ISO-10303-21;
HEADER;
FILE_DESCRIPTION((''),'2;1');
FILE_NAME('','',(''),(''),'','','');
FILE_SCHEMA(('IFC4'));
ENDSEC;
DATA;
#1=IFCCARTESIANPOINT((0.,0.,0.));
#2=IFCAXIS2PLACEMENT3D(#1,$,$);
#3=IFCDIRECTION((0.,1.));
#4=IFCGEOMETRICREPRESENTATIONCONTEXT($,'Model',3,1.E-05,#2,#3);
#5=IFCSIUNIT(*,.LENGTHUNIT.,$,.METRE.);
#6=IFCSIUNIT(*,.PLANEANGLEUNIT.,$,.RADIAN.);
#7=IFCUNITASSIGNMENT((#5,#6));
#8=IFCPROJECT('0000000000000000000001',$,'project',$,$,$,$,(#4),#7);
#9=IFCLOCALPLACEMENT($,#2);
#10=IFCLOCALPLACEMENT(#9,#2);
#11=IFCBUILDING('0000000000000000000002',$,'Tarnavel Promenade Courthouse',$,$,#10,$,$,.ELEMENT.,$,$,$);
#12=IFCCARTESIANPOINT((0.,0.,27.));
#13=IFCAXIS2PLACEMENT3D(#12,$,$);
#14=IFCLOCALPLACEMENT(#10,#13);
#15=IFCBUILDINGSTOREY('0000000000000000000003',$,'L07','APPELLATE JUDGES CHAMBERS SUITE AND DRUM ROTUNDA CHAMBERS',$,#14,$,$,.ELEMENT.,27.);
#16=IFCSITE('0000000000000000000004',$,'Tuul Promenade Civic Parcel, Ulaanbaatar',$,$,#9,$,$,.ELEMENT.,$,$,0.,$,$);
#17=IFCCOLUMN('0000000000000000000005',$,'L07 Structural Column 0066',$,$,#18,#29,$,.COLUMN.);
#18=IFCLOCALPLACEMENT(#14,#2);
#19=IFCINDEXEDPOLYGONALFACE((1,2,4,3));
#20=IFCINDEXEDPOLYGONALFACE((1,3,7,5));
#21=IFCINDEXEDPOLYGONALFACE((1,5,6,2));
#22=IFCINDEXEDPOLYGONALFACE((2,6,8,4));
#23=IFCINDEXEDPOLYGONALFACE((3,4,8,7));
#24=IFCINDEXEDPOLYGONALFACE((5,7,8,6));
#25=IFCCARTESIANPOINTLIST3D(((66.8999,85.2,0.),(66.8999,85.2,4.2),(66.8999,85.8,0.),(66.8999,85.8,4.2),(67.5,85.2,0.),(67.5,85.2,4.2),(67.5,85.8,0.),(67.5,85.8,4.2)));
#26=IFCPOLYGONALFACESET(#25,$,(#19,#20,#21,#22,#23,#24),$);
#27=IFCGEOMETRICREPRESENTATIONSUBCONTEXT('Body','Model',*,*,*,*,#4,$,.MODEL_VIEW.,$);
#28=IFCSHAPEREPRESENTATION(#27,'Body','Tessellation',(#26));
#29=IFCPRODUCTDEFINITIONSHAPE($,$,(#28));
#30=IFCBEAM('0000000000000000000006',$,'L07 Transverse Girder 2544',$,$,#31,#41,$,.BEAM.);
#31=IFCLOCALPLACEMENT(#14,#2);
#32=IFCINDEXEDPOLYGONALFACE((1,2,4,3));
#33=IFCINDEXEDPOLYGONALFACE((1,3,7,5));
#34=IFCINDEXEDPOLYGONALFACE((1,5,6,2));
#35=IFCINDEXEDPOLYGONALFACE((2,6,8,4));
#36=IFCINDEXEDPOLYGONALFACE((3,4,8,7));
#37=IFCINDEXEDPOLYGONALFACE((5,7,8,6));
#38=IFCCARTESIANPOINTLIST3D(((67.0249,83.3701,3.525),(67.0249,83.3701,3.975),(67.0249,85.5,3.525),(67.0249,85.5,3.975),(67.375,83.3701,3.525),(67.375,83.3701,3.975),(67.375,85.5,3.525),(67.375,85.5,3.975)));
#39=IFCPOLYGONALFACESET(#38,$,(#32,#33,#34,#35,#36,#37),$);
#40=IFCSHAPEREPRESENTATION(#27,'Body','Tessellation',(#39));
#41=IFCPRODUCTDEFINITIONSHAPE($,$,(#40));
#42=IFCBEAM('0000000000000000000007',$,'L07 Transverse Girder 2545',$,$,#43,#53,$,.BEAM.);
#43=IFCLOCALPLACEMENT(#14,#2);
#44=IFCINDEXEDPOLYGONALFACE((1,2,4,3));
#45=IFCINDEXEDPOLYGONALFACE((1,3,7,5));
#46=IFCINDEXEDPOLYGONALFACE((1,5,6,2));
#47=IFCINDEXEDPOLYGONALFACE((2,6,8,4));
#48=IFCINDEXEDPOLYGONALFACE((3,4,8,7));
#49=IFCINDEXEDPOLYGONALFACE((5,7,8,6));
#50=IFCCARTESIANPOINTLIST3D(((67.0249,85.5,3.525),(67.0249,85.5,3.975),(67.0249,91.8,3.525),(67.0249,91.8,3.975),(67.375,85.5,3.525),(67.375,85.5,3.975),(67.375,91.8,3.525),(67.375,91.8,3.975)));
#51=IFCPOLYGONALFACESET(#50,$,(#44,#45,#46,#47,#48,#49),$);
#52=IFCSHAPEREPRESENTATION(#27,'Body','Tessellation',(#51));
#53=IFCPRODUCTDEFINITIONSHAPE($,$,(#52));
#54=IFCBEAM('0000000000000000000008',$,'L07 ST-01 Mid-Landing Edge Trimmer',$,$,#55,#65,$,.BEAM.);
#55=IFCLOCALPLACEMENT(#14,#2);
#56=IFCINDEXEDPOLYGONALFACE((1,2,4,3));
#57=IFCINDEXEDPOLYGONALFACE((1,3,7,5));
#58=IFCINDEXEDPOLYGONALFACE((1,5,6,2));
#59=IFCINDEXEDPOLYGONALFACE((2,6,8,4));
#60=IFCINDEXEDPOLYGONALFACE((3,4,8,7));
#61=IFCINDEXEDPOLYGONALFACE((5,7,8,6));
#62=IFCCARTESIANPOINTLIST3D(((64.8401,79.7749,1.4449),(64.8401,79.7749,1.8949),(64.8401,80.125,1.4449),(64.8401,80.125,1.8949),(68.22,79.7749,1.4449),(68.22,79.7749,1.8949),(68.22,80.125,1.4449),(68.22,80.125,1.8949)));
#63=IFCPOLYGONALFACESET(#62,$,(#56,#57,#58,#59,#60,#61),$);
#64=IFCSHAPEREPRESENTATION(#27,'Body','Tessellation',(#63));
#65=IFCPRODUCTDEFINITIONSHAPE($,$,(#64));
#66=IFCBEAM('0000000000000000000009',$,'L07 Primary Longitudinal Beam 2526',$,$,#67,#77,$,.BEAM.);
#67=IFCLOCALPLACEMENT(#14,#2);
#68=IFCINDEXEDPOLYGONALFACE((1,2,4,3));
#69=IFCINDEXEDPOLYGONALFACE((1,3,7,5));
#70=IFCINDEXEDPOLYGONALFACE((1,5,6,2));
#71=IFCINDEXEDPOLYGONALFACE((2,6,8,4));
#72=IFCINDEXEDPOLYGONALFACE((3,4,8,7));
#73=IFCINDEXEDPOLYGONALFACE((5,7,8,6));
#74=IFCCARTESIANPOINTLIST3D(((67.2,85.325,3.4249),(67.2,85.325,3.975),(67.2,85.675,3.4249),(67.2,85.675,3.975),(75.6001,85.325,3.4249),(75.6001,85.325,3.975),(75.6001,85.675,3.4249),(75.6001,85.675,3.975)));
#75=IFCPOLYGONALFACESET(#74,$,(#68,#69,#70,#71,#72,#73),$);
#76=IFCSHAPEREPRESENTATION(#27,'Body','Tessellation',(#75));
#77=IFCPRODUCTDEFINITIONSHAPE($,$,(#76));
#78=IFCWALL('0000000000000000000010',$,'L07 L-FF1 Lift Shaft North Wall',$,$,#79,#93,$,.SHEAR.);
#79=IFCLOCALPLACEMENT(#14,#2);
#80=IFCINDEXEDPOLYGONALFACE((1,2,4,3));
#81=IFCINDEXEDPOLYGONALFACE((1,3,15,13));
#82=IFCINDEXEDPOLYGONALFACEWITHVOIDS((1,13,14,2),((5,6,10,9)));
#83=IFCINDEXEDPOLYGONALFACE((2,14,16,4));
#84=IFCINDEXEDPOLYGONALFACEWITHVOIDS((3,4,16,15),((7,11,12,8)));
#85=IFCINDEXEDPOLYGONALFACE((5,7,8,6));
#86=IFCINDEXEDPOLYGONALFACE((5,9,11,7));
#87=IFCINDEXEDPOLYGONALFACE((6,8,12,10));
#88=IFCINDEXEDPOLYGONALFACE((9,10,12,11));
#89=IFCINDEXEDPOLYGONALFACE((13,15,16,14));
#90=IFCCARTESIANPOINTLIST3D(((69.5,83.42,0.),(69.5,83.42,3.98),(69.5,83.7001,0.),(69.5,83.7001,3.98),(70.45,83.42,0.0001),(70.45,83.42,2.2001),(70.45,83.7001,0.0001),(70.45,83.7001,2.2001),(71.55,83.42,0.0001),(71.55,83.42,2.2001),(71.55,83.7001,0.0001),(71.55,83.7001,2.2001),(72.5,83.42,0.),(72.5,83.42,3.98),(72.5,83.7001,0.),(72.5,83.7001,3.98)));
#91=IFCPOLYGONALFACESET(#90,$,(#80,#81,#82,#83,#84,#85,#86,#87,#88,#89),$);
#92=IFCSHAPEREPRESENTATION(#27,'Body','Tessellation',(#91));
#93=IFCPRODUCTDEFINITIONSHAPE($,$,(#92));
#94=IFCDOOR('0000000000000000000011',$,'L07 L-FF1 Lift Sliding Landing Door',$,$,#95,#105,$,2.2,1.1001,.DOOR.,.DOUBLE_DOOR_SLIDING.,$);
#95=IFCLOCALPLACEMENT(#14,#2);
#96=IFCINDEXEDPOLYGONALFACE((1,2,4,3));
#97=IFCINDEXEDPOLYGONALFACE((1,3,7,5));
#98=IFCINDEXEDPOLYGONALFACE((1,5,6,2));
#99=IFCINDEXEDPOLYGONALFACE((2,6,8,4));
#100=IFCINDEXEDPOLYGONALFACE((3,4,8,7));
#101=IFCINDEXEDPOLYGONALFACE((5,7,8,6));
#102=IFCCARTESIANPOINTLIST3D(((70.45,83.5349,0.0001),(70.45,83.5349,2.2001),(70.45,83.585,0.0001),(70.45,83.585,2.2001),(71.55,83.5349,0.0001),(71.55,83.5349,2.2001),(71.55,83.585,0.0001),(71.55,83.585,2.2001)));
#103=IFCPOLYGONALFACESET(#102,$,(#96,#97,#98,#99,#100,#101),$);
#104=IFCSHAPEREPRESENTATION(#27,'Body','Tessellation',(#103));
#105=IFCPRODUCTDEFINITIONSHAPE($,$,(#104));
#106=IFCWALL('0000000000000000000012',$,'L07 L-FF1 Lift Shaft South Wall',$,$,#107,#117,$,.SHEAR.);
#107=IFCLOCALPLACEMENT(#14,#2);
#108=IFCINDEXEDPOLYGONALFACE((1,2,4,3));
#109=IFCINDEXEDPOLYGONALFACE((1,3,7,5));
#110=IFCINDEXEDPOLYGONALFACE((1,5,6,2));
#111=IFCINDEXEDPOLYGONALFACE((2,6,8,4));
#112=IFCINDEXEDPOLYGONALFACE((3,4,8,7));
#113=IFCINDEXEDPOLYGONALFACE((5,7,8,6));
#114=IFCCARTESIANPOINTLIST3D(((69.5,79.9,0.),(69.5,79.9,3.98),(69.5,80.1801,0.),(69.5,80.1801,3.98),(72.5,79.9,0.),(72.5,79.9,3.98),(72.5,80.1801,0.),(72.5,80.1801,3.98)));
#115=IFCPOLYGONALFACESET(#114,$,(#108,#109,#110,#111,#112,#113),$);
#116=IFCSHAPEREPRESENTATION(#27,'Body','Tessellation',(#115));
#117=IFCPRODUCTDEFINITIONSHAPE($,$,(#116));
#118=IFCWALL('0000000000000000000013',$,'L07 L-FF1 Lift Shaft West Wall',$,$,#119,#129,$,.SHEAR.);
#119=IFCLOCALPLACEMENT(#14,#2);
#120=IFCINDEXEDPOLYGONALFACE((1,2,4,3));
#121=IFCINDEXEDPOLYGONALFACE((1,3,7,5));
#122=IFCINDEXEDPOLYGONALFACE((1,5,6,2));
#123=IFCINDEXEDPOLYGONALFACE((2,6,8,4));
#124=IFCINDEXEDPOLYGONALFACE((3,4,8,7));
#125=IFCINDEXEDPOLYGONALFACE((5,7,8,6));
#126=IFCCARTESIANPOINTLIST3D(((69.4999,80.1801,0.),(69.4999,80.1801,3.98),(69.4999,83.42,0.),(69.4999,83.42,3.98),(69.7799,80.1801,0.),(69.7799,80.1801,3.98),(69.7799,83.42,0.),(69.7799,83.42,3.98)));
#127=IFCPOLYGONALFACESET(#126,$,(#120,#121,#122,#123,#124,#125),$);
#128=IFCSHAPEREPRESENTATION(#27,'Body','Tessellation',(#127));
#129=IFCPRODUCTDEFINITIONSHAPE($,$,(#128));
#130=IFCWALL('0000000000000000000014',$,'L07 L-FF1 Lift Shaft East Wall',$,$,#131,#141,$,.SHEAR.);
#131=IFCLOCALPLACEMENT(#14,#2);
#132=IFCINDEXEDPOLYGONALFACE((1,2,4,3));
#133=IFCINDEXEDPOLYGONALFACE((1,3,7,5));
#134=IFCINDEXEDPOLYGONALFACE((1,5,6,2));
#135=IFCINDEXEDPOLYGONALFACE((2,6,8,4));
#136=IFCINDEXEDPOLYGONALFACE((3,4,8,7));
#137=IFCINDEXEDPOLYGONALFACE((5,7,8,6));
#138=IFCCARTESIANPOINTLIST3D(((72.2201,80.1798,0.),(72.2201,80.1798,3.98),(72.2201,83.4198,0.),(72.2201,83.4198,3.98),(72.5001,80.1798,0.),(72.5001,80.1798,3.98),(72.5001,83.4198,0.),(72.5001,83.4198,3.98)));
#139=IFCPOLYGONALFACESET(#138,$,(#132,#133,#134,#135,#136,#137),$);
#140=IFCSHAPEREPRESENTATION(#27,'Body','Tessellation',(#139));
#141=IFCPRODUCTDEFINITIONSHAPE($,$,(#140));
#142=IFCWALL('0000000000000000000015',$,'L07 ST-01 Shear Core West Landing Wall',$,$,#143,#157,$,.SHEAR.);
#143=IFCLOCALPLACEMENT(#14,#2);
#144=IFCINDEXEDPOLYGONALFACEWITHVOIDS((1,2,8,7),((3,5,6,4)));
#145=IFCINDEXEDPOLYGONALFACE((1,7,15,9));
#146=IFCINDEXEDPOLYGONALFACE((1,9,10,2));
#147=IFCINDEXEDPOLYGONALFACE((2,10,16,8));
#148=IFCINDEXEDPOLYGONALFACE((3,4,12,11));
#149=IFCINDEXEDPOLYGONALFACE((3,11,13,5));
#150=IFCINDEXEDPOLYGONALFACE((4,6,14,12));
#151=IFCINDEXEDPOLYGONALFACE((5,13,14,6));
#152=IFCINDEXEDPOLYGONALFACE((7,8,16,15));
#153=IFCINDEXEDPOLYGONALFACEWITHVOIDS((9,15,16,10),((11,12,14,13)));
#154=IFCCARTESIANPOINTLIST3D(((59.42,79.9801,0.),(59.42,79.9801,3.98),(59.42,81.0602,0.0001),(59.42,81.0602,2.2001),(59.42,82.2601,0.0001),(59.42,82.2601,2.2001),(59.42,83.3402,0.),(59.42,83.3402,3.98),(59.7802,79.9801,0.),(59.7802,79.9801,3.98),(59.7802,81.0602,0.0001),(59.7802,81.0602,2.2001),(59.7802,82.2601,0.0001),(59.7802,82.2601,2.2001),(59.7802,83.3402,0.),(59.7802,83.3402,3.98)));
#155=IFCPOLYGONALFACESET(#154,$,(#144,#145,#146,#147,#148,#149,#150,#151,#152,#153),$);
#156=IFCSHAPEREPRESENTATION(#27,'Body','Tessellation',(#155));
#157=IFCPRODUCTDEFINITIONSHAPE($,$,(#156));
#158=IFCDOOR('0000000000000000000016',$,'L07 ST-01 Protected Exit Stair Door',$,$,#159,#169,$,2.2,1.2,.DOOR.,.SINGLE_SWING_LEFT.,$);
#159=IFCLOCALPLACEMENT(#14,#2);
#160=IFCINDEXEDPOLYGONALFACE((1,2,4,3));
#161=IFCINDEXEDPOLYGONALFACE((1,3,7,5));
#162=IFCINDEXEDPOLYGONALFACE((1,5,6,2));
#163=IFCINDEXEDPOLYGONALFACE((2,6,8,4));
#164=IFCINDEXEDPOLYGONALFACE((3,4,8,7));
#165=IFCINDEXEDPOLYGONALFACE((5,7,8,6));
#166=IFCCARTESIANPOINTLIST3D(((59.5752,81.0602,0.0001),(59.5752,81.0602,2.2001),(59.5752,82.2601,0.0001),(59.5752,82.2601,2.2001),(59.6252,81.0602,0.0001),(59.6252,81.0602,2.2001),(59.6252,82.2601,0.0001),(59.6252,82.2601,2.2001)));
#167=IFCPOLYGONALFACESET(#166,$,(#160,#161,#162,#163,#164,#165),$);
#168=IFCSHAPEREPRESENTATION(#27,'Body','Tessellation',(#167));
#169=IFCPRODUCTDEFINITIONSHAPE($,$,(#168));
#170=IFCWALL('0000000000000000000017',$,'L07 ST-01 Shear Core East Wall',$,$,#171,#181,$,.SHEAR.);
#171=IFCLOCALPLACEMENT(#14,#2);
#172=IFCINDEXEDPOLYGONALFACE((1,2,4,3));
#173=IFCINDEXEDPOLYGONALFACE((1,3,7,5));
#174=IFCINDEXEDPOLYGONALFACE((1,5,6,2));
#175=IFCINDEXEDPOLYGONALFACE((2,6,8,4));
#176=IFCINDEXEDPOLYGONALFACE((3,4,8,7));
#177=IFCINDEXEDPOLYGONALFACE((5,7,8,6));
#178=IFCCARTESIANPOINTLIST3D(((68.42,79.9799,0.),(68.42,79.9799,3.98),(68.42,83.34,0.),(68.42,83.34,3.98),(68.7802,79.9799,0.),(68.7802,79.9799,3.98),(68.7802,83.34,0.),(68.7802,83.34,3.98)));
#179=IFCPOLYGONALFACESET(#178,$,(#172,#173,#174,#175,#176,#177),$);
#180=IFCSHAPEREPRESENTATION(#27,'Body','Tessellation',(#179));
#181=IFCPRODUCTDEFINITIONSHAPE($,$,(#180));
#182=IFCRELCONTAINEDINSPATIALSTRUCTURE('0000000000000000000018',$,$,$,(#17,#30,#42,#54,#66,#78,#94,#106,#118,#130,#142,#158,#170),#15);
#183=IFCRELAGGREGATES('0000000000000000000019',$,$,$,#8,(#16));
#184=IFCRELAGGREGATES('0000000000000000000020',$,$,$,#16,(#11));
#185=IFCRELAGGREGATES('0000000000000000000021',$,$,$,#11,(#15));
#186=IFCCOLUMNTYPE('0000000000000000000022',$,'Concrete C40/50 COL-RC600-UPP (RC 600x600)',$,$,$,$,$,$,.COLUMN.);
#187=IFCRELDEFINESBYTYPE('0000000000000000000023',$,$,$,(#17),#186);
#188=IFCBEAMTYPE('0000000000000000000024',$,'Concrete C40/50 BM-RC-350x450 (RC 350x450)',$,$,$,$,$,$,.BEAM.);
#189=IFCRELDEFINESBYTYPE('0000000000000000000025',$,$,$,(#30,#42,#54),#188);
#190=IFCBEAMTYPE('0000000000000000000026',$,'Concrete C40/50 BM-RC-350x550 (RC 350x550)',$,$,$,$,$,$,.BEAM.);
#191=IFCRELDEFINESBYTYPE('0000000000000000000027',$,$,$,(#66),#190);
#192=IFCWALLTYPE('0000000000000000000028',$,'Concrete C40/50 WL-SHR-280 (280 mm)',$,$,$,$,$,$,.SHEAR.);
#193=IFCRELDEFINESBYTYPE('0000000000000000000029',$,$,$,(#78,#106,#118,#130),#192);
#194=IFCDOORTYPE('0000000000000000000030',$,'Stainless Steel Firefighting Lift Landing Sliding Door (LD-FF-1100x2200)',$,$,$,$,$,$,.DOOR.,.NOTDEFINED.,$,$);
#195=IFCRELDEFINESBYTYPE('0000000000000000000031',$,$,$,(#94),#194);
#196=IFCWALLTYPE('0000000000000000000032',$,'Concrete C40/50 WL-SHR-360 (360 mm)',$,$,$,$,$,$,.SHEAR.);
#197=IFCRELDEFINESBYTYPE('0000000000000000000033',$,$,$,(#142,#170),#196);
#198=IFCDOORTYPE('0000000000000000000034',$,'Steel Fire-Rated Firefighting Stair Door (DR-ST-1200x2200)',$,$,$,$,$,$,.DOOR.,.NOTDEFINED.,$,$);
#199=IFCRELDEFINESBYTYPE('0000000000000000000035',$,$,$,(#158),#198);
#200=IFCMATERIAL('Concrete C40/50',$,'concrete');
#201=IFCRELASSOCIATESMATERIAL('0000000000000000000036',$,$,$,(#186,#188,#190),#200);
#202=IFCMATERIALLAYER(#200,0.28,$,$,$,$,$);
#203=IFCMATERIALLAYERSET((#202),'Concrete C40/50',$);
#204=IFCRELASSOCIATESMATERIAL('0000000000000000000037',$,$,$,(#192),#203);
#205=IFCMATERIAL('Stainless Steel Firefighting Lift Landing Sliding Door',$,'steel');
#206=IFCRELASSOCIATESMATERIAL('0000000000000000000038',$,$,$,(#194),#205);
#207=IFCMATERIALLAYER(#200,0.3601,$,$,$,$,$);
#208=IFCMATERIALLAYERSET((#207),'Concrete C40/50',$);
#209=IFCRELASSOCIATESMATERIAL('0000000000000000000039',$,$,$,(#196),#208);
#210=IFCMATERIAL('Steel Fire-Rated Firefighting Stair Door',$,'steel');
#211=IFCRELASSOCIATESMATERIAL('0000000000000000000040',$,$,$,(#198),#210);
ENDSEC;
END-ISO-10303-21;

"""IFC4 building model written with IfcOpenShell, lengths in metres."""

from ifc_helpers import new_model, si_unit, direction, frame, frame_2d, origin, origin_2d, place, context, subcontext, project, spatial, rectangle, extrude, material, layer, layer_set, material_profile, profile_set, type_object, element, fill, save


model = new_model("IFC4")

# Units and contexts
model_context = context("Model", 3, precision=1e-05, world=origin(), true_north=direction((0.0, 1.0)))
body_context = subcontext(model_context, "Body", "Model", "MODEL_VIEW")
ifc_project = project(units=[si_unit("LENGTHUNIT", "METRE"), si_unit("PLANEANGLEUNIT", "RADIAN")], contexts=[model_context])

# Site, building, storey
site_placement = place(None, origin())
site = spatial("IfcSite", under=ifc_project, at=site_placement, Name="Tuul Promenade Civic Parcel, Ulaanbaatar", CompositionType="ELEMENT", RefElevation=0.0)
building_placement = place(site_placement, origin())
building = spatial("IfcBuilding", under=site, at=building_placement, Name="Tarnavel Promenade Courthouse", CompositionType="ELEMENT")
storey_placement = place(building_placement, frame((0.0, 0.0, 27.0)))
storey = spatial("IfcBuildingStorey", under=building, at=storey_placement, Name="L07", Description="APPELLATE JUDGES CHAMBERS SUITE AND DRUM ROTUNDA CHAMBERS", CompositionType="ELEMENT", Elevation=27.0)

# Column
ifc_material_1 = material(Name="Concrete C40/50", Category="concrete")
ifc_material_profile_1 = material_profile(ifc_material_1, rectangle(XDim=0.6001, YDim=0.6001, at=origin_2d()), Name="RC 600x600")
ifc_profile_set_1 = profile_set([ifc_material_profile_1], Name="Concrete C40/50")
column_type = type_object("IfcColumnType", Name="Concrete C40/50 COL-RC600-UPP (RC 600x600)", PredefinedType="COLUMN", material=ifc_profile_set_1)
column_placement = place(storey_placement, frame((67.2, 85.5, 0.0), z_axis=(0.0, 0.0, 1.0), x_axis=(1.0, 0.0, 0.0)))
element("IfcColumn", 1, at=column_placement, inside=storey, type_object=column_type, Name="L07 Structural Column 0066", PredefinedType="COLUMN", context=body_context, shape_type="SweptSolid", body=[
    extrude(rectangle(XDim=0.6001, YDim=0.6001, at=origin_2d()), origin(), (0.0, 0.0, 1.0), 4.2),
])

# Beams
ifc_material_profile_2 = material_profile(ifc_material_1, rectangle(XDim=0.3501, YDim=0.45, at=origin_2d()), Name="RC 350x450")
ifc_profile_set_2 = profile_set([ifc_material_profile_2], Name="Concrete C40/50")
beam_type_1 = type_object("IfcBeamType", Name="Concrete C40/50 BM-RC-350x450 (RC 350x450)", PredefinedType="BEAM", material=ifc_profile_set_2)
beam_1_placement = place(storey_placement, frame((67.2, 83.3701, 3.75), z_axis=(0.0, 1.0, 0.0), x_axis=(-1.0, 0.0, 0.0)))
element("IfcBeam", 2, at=beam_1_placement, inside=storey, type_object=beam_type_1, Name="L07 Transverse Girder 2544", PredefinedType="BEAM", context=body_context, shape_type="SweptSolid", body=[
    extrude(rectangle(XDim=0.3501, YDim=0.45, at=origin_2d()), origin(), (0.0, 0.0, 1.0), 2.1299),
])
beam_2_placement = place(storey_placement, frame((67.2, 85.5, 3.75), z_axis=(0.0, 1.0, 0.0), x_axis=(-1.0, 0.0, 0.0)))
element("IfcBeam", 3, at=beam_2_placement, inside=storey, type_object=beam_type_1, Name="L07 Transverse Girder 2545", PredefinedType="BEAM", context=body_context, shape_type="SweptSolid", body=[
    extrude(rectangle(XDim=0.3501, YDim=0.45, at=origin_2d()), origin(), (0.0, 0.0, 1.0), 6.3),
])
beam_3_placement = place(storey_placement, frame((64.8401, 79.95, 1.6699), z_axis=(1.0, 0.0, 0.0), x_axis=(0.0, 1.0, 0.0)))
element("IfcBeam", 4, at=beam_3_placement, inside=storey, type_object=beam_type_1, Name="L07 ST-01 Mid-Landing Edge Trimmer", PredefinedType="BEAM", context=body_context, shape_type="SweptSolid", body=[
    extrude(rectangle(XDim=0.3501, YDim=0.45, at=origin_2d()), origin(), (0.0, 0.0, 1.0), 3.3799),
])
ifc_material_profile_3 = material_profile(ifc_material_1, rectangle(XDim=0.3501, YDim=0.55, at=origin_2d()), Name="RC 350x550")
ifc_profile_set_3 = profile_set([ifc_material_profile_3], Name="Concrete C40/50")
beam_type_2 = type_object("IfcBeamType", Name="Concrete C40/50 BM-RC-350x550 (RC 350x550)", PredefinedType="BEAM", material=ifc_profile_set_3)
beam_4_placement = place(storey_placement, frame((67.2, 85.5, 3.7), z_axis=(1.0, 0.0, 0.0), x_axis=(0.0, 1.0, 0.0)))
element("IfcBeam", 5, at=beam_4_placement, inside=storey, type_object=beam_type_2, Name="L07 Primary Longitudinal Beam 2526", PredefinedType="BEAM", context=body_context, shape_type="SweptSolid", body=[
    extrude(rectangle(XDim=0.3501, YDim=0.55, at=origin_2d()), origin(), (0.0, 0.0, 1.0), 8.4001),
])

# Wall, opening, door
ifc_layer_1 = layer(ifc_material_1, 0.28)
ifc_layer_set_1 = layer_set([ifc_layer_1], Name="Concrete C40/50")
wall_type_1 = type_object("IfcWallType", Name="Concrete C40/50 WL-SHR-280 (280 mm)", PredefinedType="SHEAR", material=ifc_layer_set_1)
wall_1_placement = place(storey_placement, frame((69.5, 83.5601, 0.0), z_axis=(0.0, 0.0, 1.0), x_axis=(1.0, 0.0, 0.0)))
wall_1 = element("IfcWall", 6, at=wall_1_placement, inside=storey, type_object=wall_type_1, Name="L07 L-FF1 Lift Shaft North Wall", PredefinedType="SHEAR", context=body_context, shape_type="SweptSolid", body=[
    extrude(rectangle(XDim=3.0, YDim=0.28, at=frame_2d((1.5, 0.0))), origin(), (0.0, 0.0, 1.0), 3.98),
])
opening_1_placement = place(wall_1_placement, frame((0.95, 0.0, 0.0)))
opening_1 = element("IfcOpeningElement", 7, at=opening_1_placement, cuts=wall_1, PredefinedType="OPENING", context=body_context, shape_type="SweptSolid", body=[
    extrude(rectangle(XDim=1.1001, YDim=2.2, at=frame_2d((0.55, 1.1001))), frame((0.0, 0.1499, 0.0), z_axis=(0.0, -1.0, 0.0), x_axis=(1.0, 0.0, 0.0)), (0.0, 0.0, 1.0), 0.3),
])
ifc_material_2 = material(Name="Stainless Steel Firefighting Lift Landing Sliding Door", Category="steel")
door_type_1 = type_object("IfcDoorType", Name="Stainless Steel Firefighting Lift Landing Sliding Door (LD-FF-1100x2200)", OperationType="NOTDEFINED", PredefinedType="DOOR", material=ifc_material_2)
door_1_placement = place(opening_1_placement, origin())
door_1 = element("IfcDoor", 8, at=door_1_placement, inside=storey, type_object=door_type_1, Name="L07 L-FF1 Lift Sliding Landing Door", OperationType="DOUBLE_DOOR_SLIDING", OverallHeight=2.2, OverallWidth=1.1001, PredefinedType="DOOR", context=body_context, shape_type="SweptSolid", body=[
    extrude(rectangle(XDim=1.1001, YDim=2.2, at=frame_2d((0.55, 1.1001))), frame((0.0, 0.0249, 0.0), z_axis=(0.0, -1.0, 0.0), x_axis=(1.0, 0.0, 0.0)), (0.0, 0.0, 1.0), 0.05),
])
fill(opening_1, door_1)

# Walls
wall_2_placement = place(storey_placement, frame((72.5, 80.04, 0.0), z_axis=(0.0, 0.0, 1.0), x_axis=(-1.0, 0.0, 0.0)))
element("IfcWall", 9, at=wall_2_placement, inside=storey, type_object=wall_type_1, Name="L07 L-FF1 Lift Shaft South Wall", PredefinedType="SHEAR", context=body_context, shape_type="SweptSolid", body=[
    extrude(rectangle(XDim=3.0, YDim=0.28, at=frame_2d((1.5, 0.0))), origin(), (0.0, 0.0, 1.0), 3.98),
])
for number, where, z_axis, x_axis, name in (
    (10, (69.6399, 80.1799, 0.0), (0.0, 0.0, 1.0), (0.0, 1.0, 0.0), "L07 L-FF1 Lift Shaft West Wall"),
    (11, (72.3601, 83.4199, 0.0), (0.0, 0.0, 1.0), (0.0, -1.0, 0.0), "L07 L-FF1 Lift Shaft East Wall"),
):
    element("IfcWall", number, at=place(storey_placement, frame(where, z_axis=z_axis, x_axis=x_axis)), inside=storey, type_object=wall_type_1, Name=name, PredefinedType="SHEAR", context=body_context, shape_type="SweptSolid", body=[
        extrude(rectangle(XDim=3.24, YDim=0.28, at=frame_2d((1.6201, 0.0))), origin(), (0.0, 0.0, 1.0), 3.98),
    ])

# Wall, opening, door
ifc_layer_2 = layer(ifc_material_1, 0.3601)
ifc_layer_set_2 = layer_set([ifc_layer_2], Name="Concrete C40/50")
wall_type_2 = type_object("IfcWallType", Name="Concrete C40/50 WL-SHR-360 (360 mm)", PredefinedType="SHEAR", material=ifc_layer_set_2)
wall_3_placement = place(storey_placement, frame((59.6001, 79.98, 0.0), z_axis=(0.0, 0.0, 1.0), x_axis=(0.0, 1.0, 0.0)))
wall_3 = element("IfcWall", 12, at=wall_3_placement, inside=storey, type_object=wall_type_2, Name="L07 ST-01 Shear Core West Landing Wall", PredefinedType="SHEAR", context=body_context, shape_type="SweptSolid", body=[
    extrude(rectangle(XDim=3.3601, YDim=0.3601, at=frame_2d((1.6802, 0.0))), origin(), (0.0, 0.0, 1.0), 3.98),
])
opening_2_placement = place(wall_3_placement, frame((1.0801, 0.0, 0.0)))
opening_2 = element("IfcOpeningElement", 13, at=opening_2_placement, cuts=wall_3, PredefinedType="OPENING", context=body_context, shape_type="SweptSolid", body=[
    extrude(rectangle(XDim=1.2, YDim=2.2, at=frame_2d((0.6001, 1.1001))), frame((0.0, 0.1899, 0.0), z_axis=(0.0, -1.0, 0.0), x_axis=(1.0, 0.0, 0.0)), (0.0, 0.0, 1.0), 0.3801),
])
ifc_material_3 = material(Name="Steel Fire-Rated Firefighting Stair Door", Category="steel")
door_type_2 = type_object("IfcDoorType", Name="Steel Fire-Rated Firefighting Stair Door (DR-ST-1200x2200)", OperationType="NOTDEFINED", PredefinedType="DOOR", material=ifc_material_3)
door_2_placement = place(opening_2_placement, origin())
door_2 = element("IfcDoor", 14, at=door_2_placement, inside=storey, type_object=door_type_2, Name="L07 ST-01 Protected Exit Stair Door", OperationType="SINGLE_SWING_LEFT", OverallHeight=2.2, OverallWidth=1.2, PredefinedType="DOOR", context=body_context, shape_type="SweptSolid", body=[
    extrude(rectangle(XDim=1.2, YDim=2.2, at=frame_2d((0.6001, 1.1001))), frame((0.0, 0.0249, 0.0), z_axis=(0.0, -1.0, 0.0), x_axis=(1.0, 0.0, 0.0)), (0.0, 0.0, 1.0), 0.05),
])
fill(opening_2, door_2)

# Wall
wall_4_placement = place(storey_placement, frame((68.6001, 83.3401, 0.0), z_axis=(0.0, 0.0, 1.0), x_axis=(0.0, -1.0, 0.0)))
element("IfcWall", 15, at=wall_4_placement, inside=storey, type_object=wall_type_2, Name="L07 ST-01 Shear Core East Wall", PredefinedType="SHEAR", context=body_context, shape_type="SweptSolid", body=[
    extrude(rectangle(XDim=3.3601, YDim=0.3601, at=frame_2d((1.6802, 0.0))), origin(), (0.0, 0.0, 1.0), 3.98),
])

save(model, "model.ifc")
